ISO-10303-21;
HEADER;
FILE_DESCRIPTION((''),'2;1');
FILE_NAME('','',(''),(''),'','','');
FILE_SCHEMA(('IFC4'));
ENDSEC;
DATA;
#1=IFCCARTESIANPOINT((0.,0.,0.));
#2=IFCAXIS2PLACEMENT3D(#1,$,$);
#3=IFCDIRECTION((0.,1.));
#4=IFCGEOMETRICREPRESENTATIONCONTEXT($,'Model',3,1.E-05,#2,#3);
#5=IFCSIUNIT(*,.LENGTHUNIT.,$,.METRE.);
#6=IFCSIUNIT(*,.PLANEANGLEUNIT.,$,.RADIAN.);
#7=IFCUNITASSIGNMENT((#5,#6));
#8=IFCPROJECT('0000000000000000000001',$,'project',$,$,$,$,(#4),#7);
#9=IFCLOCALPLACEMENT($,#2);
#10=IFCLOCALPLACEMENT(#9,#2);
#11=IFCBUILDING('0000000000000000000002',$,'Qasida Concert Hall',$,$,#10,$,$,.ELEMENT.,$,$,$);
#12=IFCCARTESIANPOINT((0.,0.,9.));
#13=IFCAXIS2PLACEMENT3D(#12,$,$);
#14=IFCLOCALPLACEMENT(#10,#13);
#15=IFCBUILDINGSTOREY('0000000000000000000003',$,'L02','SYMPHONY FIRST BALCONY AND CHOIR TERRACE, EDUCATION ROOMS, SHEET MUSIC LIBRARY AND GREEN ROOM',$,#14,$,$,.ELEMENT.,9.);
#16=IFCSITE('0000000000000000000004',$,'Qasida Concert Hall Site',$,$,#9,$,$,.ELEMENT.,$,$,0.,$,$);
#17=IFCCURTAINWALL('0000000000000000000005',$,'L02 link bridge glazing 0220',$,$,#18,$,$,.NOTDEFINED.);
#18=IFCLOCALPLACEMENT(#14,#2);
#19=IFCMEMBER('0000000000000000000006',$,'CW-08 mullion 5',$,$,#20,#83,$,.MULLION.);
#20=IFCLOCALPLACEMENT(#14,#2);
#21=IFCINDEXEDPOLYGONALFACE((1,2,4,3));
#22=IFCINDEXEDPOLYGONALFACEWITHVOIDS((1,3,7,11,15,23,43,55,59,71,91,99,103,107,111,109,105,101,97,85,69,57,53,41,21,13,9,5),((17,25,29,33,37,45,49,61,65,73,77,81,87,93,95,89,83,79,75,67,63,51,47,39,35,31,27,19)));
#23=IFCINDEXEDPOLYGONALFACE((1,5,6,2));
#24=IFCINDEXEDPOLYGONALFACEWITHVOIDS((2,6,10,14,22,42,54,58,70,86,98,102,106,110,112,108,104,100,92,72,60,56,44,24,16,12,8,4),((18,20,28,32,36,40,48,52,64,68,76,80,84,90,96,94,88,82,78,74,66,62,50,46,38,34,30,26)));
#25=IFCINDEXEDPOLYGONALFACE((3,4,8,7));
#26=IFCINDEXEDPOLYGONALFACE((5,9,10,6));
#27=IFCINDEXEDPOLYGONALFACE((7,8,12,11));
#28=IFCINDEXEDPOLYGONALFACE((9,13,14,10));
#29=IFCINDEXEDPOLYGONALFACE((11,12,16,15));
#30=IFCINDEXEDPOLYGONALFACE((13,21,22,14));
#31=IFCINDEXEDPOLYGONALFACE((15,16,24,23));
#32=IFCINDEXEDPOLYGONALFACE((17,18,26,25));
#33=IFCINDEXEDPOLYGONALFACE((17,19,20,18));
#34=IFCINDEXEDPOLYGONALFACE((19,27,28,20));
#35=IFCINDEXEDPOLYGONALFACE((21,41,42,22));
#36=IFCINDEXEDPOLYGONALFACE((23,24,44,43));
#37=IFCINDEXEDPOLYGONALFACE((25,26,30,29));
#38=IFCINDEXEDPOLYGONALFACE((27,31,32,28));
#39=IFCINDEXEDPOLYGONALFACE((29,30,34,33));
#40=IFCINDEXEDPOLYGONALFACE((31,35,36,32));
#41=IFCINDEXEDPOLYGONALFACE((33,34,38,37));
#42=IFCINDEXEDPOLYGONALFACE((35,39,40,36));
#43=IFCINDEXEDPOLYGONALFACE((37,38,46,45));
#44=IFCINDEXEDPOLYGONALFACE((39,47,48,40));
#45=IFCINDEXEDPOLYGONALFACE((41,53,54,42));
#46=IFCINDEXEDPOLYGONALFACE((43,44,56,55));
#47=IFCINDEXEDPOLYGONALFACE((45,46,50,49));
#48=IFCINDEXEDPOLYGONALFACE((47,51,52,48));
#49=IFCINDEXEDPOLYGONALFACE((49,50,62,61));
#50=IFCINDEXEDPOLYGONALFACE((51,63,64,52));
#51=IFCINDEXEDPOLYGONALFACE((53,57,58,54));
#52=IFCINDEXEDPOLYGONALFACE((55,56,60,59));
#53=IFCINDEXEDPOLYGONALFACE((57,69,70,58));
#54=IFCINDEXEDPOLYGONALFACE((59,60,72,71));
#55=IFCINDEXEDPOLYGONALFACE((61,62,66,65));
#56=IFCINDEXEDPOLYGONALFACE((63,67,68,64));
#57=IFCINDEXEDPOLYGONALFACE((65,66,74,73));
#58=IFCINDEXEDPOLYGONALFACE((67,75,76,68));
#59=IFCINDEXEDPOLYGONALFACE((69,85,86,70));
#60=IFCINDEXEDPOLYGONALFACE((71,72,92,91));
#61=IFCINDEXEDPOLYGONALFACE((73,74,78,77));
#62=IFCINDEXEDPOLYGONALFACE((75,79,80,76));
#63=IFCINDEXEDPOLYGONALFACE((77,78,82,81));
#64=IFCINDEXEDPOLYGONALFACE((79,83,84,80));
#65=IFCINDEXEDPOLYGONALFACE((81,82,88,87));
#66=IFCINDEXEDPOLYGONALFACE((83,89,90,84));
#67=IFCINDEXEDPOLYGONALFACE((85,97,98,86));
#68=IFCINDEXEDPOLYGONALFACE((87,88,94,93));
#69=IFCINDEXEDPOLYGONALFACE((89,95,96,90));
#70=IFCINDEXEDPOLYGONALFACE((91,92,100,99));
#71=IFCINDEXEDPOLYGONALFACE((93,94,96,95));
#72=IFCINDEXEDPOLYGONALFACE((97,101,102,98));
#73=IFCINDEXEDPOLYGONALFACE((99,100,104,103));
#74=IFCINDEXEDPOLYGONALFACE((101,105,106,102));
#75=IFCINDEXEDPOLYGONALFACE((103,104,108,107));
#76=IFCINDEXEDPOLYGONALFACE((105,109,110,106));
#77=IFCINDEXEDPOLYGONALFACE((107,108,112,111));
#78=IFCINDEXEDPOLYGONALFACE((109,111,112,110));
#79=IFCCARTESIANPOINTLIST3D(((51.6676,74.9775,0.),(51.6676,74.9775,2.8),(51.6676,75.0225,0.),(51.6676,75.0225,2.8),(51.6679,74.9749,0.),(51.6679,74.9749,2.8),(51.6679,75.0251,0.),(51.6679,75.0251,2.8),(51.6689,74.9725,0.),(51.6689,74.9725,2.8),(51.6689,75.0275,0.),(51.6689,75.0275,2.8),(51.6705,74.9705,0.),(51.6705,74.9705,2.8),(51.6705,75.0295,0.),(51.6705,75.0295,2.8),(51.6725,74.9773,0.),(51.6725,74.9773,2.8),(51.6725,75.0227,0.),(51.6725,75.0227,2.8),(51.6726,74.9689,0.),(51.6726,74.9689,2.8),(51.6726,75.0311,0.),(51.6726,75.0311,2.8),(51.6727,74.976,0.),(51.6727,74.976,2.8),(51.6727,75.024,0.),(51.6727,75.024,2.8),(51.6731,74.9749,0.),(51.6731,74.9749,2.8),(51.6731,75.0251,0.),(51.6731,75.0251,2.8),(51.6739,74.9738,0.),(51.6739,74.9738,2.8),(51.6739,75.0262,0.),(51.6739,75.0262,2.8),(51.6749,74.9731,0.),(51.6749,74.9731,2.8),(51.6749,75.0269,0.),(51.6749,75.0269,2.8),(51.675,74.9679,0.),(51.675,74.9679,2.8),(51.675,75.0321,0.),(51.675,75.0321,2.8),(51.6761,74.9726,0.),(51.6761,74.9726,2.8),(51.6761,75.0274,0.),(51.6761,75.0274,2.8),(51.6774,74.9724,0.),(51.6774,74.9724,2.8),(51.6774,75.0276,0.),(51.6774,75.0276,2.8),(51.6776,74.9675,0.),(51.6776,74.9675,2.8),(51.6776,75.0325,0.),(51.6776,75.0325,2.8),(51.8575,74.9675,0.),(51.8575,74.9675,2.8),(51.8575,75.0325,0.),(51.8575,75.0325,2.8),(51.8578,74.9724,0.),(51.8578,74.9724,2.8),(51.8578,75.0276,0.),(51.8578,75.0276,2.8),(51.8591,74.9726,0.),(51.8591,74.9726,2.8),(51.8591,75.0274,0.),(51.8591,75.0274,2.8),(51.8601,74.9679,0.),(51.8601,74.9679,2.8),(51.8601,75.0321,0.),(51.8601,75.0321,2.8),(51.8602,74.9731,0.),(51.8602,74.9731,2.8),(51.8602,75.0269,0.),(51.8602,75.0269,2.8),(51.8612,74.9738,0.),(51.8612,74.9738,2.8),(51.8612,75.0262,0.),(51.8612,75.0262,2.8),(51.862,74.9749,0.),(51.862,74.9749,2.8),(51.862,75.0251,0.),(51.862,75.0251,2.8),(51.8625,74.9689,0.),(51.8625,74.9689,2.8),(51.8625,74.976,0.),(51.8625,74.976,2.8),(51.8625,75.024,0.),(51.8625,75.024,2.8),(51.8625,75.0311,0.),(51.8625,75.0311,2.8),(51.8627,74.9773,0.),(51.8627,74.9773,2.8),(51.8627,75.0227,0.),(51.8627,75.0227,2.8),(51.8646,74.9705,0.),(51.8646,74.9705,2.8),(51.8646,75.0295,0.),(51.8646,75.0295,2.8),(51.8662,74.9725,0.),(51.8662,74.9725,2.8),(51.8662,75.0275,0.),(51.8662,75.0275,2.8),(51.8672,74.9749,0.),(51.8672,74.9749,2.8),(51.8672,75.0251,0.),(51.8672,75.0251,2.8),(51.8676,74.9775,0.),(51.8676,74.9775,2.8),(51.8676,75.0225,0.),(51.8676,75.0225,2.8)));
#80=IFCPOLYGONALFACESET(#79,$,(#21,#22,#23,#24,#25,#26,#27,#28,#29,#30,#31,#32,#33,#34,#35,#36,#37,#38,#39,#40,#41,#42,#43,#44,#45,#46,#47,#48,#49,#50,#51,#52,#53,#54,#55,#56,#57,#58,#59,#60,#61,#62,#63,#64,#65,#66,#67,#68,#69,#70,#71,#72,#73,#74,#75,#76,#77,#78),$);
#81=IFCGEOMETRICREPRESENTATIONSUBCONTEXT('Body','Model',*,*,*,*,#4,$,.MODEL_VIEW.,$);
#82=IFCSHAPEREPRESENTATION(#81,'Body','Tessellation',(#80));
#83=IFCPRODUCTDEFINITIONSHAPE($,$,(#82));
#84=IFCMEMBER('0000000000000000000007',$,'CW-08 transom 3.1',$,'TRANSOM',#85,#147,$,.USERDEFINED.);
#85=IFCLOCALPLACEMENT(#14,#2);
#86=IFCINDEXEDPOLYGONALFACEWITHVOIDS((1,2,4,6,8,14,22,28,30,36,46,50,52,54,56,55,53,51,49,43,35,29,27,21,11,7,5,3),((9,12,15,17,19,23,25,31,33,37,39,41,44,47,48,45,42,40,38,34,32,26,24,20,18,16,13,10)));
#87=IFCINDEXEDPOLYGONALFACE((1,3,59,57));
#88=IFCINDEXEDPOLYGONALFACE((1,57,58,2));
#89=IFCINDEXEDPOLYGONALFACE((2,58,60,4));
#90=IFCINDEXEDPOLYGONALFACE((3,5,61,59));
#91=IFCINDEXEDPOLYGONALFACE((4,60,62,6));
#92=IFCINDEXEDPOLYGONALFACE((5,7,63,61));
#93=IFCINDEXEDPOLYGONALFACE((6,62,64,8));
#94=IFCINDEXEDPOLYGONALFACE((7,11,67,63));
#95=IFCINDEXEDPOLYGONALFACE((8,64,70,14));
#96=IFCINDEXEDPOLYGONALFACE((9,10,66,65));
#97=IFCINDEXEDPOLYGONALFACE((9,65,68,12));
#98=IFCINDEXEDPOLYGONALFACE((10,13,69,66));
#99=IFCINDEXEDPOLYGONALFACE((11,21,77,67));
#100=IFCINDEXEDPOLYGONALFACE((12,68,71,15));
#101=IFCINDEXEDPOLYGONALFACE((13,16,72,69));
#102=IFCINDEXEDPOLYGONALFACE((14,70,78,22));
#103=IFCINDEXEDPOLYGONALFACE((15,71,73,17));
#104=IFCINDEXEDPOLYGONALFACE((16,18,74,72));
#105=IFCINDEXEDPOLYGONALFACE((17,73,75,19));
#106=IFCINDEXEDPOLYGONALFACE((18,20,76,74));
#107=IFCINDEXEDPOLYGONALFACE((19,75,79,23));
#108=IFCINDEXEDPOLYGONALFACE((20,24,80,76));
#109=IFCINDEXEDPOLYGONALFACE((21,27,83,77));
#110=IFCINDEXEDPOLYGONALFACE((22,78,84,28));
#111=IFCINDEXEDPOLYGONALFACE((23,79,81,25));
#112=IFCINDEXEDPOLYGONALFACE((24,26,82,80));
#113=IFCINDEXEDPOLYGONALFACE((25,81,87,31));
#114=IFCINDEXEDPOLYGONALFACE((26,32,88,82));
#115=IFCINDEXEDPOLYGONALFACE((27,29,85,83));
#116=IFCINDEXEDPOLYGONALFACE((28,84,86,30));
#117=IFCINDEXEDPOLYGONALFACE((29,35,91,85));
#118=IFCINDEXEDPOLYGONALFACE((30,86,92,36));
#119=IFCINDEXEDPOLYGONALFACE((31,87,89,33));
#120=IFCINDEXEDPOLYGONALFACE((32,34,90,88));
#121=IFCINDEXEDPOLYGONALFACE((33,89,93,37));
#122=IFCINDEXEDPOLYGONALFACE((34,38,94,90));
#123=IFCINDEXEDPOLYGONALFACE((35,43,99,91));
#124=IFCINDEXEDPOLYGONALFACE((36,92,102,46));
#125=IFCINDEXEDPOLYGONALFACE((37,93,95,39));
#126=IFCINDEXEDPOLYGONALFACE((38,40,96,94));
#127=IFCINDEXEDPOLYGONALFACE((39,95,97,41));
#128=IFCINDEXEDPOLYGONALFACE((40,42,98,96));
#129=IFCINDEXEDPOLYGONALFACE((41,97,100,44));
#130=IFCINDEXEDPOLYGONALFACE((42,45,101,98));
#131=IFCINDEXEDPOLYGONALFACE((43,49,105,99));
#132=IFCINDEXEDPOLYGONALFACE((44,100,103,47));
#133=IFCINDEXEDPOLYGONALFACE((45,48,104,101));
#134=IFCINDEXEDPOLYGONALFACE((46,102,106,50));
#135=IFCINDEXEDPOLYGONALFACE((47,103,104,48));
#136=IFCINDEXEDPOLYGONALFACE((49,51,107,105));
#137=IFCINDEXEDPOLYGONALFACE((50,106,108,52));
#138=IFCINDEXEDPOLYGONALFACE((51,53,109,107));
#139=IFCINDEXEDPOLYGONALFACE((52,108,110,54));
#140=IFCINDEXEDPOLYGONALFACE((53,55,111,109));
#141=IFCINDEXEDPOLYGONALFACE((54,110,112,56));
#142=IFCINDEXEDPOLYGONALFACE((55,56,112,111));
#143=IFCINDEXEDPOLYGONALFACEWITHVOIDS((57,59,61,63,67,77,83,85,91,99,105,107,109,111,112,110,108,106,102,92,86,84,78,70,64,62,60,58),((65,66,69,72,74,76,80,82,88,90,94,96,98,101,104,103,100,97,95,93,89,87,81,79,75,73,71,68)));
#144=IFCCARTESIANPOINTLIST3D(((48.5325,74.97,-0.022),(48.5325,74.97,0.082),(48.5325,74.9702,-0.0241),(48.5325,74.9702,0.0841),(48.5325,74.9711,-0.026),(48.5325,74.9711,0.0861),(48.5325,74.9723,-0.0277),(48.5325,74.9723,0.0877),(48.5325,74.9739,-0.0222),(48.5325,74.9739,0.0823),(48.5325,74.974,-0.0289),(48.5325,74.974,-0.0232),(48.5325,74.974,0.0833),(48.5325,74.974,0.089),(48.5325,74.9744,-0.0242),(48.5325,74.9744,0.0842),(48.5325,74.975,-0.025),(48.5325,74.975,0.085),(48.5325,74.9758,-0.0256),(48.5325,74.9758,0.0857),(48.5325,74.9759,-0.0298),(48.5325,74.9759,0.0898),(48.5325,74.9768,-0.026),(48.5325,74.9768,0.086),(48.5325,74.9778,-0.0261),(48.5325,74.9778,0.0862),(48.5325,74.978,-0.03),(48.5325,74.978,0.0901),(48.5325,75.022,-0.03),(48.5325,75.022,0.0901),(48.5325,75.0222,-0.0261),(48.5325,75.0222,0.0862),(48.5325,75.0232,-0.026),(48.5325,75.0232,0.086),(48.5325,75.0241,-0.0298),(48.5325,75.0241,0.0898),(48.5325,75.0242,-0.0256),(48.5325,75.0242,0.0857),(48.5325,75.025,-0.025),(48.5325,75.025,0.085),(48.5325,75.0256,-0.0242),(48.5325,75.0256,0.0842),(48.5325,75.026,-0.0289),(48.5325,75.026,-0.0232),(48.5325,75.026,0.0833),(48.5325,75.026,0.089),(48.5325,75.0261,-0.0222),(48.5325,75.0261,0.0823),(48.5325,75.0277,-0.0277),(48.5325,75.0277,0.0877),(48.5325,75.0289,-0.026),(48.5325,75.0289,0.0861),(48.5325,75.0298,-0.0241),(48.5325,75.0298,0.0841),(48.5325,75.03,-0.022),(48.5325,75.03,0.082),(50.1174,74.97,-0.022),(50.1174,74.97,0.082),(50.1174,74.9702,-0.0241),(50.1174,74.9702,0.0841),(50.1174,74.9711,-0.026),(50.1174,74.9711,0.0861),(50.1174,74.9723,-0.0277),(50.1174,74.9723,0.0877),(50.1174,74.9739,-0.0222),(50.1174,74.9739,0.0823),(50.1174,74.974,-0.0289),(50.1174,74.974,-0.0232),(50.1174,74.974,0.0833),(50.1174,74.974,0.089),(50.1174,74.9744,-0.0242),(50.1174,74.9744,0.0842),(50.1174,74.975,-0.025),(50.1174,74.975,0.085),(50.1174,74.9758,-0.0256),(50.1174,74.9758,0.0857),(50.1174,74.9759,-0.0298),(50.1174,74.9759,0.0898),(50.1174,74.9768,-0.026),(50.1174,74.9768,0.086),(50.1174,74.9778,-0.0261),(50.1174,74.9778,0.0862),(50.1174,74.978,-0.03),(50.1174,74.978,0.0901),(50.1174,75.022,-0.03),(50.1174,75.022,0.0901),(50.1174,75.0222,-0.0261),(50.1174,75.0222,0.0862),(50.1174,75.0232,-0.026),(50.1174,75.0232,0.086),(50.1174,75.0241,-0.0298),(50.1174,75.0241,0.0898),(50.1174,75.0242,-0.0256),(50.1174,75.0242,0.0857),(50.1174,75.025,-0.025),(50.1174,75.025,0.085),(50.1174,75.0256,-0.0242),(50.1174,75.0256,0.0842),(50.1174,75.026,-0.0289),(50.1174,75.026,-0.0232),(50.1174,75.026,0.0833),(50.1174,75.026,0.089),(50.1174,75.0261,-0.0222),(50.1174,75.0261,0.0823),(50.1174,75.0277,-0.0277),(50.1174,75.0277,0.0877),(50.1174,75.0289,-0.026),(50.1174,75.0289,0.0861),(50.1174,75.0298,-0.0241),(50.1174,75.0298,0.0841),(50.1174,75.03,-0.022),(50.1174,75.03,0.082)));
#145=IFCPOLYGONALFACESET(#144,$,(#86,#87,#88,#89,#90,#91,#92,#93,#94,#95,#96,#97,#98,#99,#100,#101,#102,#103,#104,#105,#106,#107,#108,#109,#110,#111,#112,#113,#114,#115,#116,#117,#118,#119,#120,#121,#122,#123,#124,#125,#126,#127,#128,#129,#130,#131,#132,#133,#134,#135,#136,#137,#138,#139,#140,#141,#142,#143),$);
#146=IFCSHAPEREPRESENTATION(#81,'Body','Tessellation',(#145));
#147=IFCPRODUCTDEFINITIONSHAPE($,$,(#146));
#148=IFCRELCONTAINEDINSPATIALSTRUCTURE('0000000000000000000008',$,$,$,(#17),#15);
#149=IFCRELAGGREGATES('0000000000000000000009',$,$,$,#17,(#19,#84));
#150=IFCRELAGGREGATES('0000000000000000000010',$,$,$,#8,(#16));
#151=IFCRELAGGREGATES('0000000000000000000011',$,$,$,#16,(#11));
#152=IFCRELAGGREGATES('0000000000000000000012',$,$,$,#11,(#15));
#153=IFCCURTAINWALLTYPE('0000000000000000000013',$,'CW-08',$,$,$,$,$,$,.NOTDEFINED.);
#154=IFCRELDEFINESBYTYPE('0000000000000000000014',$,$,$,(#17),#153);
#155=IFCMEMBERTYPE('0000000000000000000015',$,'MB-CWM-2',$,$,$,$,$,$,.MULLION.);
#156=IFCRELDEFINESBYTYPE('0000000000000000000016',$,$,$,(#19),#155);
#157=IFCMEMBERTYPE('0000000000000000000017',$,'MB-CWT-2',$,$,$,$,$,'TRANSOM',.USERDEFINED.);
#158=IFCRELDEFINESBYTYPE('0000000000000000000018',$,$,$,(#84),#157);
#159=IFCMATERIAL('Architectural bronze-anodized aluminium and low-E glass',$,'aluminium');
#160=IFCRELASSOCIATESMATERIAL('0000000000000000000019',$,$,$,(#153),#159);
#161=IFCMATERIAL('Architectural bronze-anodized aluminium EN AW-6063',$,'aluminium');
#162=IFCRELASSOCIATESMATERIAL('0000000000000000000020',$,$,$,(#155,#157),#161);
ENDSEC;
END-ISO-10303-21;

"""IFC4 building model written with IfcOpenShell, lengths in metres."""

from ifc_helpers import new_model, si_unit, direction, frame, origin, origin_2d, place, context, subcontext, project, spatial, hollow_rectangle, extrude, material, material_profile, profile_set, type_object, element, aggregate, save


model = new_model("IFC4")

# Units and contexts
model_context = context("Model", 3, precision=1e-05, world=origin(), true_north=direction((0.0, 1.0)))
body_context = subcontext(model_context, "Body", "Model", "MODEL_VIEW")
ifc_project = project(units=[si_unit("LENGTHUNIT", "METRE"), si_unit("PLANEANGLEUNIT", "RADIAN")], contexts=[model_context])

# Site, building, storey
site_placement = place(None, origin())
site = spatial("IfcSite", under=ifc_project, at=site_placement, Name="Qasida Concert Hall Site", CompositionType="ELEMENT", RefElevation=0.0)
building_placement = place(site_placement, origin())
building = spatial("IfcBuilding", under=site, at=building_placement, Name="Qasida Concert Hall", CompositionType="ELEMENT")
storey_placement = place(building_placement, frame((0.0, 0.0, 9.0)))
storey = spatial("IfcBuildingStorey", under=building, at=storey_placement, Name="L02", Description="SYMPHONY FIRST BALCONY AND CHOIR TERRACE, EDUCATION ROOMS, SHEET MUSIC LIBRARY AND GREEN ROOM", CompositionType="ELEMENT", Elevation=9.0)

# Curtain wall, members
ifc_material_1 = material(Name="Architectural bronze-anodized aluminium and low-E glass", Category="aluminium")
curtain_wall_type = type_object("IfcCurtainWallType", Name="CW-08", PredefinedType="NOTDEFINED", material=ifc_material_1)
curtain_wall_placement = place(storey_placement, origin())
curtain_wall = element("IfcCurtainWall", 1, at=curtain_wall_placement, inside=storey, type_object=curtain_wall_type, Name="L02 link bridge glazing 0220", PredefinedType="NOTDEFINED")
ifc_material_2 = material(Name="Architectural bronze-anodized aluminium EN AW-6063", Category="aluminium")
ifc_material_profile_1 = material_profile(ifc_material_2, hollow_rectangle(XDim=0.0649, YDim=0.2, WallThickness=0.0049, InnerFilletRadius=0.0049, OuterFilletRadius=0.01, at=origin_2d()), Name="CWM 200x65x5")
ifc_profile_set_1 = profile_set([ifc_material_profile_1], Name="Architectural bronze-anodized aluminium EN AW-6063")
member_type_1 = type_object("IfcMemberType", Name="MB-CWM-2", PredefinedType="MULLION", material=ifc_profile_set_1)
member_1_placement = place(storey_placement, frame((51.7676, 75.0, 0.0), z_axis=(0.0, 0.0, 1.0), x_axis=(0.0, 1.0, 0.0)))
member_1 = element("IfcMember", 2, at=member_1_placement, type_object=member_type_1, Name="CW-08 mullion 5", PredefinedType="MULLION", context=body_context, shape_type="SweptSolid", body=[
    extrude(hollow_rectangle(XDim=0.0649, YDim=0.2, WallThickness=0.0049, InnerFilletRadius=0.0049, OuterFilletRadius=0.01, at=origin_2d()), origin(), (0.0, 0.0, 1.0), 2.8),
])
ifc_material_profile_2 = material_profile(ifc_material_2, hollow_rectangle(XDim=0.0601, YDim=0.1201, WallThickness=0.0039, InnerFilletRadius=0.0039, OuterFilletRadius=0.0081, at=origin_2d()), Name="CWT 120x60x4")
ifc_profile_set_2 = profile_set([ifc_material_profile_2], Name="Architectural bronze-anodized aluminium EN AW-6063")
member_type_2 = type_object("IfcMemberType", Name="MB-CWT-2", ElementType="TRANSOM", PredefinedType="USERDEFINED", material=ifc_profile_set_2)
member_2_placement = place(storey_placement, frame((48.5325, 75.0, 0.03), z_axis=(1.0, 0.0, 0.0), x_axis=(0.0, 1.0, 0.0)))
member_2 = element("IfcMember", 3, at=member_2_placement, type_object=member_type_2, Name="CW-08 transom 3.1", ObjectType="TRANSOM", PredefinedType="USERDEFINED", context=body_context, shape_type="SweptSolid", body=[
    extrude(hollow_rectangle(XDim=0.0601, YDim=0.1201, WallThickness=0.0039, InnerFilletRadius=0.0039, OuterFilletRadius=0.0081, at=origin_2d()), origin(), (0.0, 0.0, 1.0), 1.585),
])
aggregate(curtain_wall, [member_1, member_2])

save(model, "model.ifc")
